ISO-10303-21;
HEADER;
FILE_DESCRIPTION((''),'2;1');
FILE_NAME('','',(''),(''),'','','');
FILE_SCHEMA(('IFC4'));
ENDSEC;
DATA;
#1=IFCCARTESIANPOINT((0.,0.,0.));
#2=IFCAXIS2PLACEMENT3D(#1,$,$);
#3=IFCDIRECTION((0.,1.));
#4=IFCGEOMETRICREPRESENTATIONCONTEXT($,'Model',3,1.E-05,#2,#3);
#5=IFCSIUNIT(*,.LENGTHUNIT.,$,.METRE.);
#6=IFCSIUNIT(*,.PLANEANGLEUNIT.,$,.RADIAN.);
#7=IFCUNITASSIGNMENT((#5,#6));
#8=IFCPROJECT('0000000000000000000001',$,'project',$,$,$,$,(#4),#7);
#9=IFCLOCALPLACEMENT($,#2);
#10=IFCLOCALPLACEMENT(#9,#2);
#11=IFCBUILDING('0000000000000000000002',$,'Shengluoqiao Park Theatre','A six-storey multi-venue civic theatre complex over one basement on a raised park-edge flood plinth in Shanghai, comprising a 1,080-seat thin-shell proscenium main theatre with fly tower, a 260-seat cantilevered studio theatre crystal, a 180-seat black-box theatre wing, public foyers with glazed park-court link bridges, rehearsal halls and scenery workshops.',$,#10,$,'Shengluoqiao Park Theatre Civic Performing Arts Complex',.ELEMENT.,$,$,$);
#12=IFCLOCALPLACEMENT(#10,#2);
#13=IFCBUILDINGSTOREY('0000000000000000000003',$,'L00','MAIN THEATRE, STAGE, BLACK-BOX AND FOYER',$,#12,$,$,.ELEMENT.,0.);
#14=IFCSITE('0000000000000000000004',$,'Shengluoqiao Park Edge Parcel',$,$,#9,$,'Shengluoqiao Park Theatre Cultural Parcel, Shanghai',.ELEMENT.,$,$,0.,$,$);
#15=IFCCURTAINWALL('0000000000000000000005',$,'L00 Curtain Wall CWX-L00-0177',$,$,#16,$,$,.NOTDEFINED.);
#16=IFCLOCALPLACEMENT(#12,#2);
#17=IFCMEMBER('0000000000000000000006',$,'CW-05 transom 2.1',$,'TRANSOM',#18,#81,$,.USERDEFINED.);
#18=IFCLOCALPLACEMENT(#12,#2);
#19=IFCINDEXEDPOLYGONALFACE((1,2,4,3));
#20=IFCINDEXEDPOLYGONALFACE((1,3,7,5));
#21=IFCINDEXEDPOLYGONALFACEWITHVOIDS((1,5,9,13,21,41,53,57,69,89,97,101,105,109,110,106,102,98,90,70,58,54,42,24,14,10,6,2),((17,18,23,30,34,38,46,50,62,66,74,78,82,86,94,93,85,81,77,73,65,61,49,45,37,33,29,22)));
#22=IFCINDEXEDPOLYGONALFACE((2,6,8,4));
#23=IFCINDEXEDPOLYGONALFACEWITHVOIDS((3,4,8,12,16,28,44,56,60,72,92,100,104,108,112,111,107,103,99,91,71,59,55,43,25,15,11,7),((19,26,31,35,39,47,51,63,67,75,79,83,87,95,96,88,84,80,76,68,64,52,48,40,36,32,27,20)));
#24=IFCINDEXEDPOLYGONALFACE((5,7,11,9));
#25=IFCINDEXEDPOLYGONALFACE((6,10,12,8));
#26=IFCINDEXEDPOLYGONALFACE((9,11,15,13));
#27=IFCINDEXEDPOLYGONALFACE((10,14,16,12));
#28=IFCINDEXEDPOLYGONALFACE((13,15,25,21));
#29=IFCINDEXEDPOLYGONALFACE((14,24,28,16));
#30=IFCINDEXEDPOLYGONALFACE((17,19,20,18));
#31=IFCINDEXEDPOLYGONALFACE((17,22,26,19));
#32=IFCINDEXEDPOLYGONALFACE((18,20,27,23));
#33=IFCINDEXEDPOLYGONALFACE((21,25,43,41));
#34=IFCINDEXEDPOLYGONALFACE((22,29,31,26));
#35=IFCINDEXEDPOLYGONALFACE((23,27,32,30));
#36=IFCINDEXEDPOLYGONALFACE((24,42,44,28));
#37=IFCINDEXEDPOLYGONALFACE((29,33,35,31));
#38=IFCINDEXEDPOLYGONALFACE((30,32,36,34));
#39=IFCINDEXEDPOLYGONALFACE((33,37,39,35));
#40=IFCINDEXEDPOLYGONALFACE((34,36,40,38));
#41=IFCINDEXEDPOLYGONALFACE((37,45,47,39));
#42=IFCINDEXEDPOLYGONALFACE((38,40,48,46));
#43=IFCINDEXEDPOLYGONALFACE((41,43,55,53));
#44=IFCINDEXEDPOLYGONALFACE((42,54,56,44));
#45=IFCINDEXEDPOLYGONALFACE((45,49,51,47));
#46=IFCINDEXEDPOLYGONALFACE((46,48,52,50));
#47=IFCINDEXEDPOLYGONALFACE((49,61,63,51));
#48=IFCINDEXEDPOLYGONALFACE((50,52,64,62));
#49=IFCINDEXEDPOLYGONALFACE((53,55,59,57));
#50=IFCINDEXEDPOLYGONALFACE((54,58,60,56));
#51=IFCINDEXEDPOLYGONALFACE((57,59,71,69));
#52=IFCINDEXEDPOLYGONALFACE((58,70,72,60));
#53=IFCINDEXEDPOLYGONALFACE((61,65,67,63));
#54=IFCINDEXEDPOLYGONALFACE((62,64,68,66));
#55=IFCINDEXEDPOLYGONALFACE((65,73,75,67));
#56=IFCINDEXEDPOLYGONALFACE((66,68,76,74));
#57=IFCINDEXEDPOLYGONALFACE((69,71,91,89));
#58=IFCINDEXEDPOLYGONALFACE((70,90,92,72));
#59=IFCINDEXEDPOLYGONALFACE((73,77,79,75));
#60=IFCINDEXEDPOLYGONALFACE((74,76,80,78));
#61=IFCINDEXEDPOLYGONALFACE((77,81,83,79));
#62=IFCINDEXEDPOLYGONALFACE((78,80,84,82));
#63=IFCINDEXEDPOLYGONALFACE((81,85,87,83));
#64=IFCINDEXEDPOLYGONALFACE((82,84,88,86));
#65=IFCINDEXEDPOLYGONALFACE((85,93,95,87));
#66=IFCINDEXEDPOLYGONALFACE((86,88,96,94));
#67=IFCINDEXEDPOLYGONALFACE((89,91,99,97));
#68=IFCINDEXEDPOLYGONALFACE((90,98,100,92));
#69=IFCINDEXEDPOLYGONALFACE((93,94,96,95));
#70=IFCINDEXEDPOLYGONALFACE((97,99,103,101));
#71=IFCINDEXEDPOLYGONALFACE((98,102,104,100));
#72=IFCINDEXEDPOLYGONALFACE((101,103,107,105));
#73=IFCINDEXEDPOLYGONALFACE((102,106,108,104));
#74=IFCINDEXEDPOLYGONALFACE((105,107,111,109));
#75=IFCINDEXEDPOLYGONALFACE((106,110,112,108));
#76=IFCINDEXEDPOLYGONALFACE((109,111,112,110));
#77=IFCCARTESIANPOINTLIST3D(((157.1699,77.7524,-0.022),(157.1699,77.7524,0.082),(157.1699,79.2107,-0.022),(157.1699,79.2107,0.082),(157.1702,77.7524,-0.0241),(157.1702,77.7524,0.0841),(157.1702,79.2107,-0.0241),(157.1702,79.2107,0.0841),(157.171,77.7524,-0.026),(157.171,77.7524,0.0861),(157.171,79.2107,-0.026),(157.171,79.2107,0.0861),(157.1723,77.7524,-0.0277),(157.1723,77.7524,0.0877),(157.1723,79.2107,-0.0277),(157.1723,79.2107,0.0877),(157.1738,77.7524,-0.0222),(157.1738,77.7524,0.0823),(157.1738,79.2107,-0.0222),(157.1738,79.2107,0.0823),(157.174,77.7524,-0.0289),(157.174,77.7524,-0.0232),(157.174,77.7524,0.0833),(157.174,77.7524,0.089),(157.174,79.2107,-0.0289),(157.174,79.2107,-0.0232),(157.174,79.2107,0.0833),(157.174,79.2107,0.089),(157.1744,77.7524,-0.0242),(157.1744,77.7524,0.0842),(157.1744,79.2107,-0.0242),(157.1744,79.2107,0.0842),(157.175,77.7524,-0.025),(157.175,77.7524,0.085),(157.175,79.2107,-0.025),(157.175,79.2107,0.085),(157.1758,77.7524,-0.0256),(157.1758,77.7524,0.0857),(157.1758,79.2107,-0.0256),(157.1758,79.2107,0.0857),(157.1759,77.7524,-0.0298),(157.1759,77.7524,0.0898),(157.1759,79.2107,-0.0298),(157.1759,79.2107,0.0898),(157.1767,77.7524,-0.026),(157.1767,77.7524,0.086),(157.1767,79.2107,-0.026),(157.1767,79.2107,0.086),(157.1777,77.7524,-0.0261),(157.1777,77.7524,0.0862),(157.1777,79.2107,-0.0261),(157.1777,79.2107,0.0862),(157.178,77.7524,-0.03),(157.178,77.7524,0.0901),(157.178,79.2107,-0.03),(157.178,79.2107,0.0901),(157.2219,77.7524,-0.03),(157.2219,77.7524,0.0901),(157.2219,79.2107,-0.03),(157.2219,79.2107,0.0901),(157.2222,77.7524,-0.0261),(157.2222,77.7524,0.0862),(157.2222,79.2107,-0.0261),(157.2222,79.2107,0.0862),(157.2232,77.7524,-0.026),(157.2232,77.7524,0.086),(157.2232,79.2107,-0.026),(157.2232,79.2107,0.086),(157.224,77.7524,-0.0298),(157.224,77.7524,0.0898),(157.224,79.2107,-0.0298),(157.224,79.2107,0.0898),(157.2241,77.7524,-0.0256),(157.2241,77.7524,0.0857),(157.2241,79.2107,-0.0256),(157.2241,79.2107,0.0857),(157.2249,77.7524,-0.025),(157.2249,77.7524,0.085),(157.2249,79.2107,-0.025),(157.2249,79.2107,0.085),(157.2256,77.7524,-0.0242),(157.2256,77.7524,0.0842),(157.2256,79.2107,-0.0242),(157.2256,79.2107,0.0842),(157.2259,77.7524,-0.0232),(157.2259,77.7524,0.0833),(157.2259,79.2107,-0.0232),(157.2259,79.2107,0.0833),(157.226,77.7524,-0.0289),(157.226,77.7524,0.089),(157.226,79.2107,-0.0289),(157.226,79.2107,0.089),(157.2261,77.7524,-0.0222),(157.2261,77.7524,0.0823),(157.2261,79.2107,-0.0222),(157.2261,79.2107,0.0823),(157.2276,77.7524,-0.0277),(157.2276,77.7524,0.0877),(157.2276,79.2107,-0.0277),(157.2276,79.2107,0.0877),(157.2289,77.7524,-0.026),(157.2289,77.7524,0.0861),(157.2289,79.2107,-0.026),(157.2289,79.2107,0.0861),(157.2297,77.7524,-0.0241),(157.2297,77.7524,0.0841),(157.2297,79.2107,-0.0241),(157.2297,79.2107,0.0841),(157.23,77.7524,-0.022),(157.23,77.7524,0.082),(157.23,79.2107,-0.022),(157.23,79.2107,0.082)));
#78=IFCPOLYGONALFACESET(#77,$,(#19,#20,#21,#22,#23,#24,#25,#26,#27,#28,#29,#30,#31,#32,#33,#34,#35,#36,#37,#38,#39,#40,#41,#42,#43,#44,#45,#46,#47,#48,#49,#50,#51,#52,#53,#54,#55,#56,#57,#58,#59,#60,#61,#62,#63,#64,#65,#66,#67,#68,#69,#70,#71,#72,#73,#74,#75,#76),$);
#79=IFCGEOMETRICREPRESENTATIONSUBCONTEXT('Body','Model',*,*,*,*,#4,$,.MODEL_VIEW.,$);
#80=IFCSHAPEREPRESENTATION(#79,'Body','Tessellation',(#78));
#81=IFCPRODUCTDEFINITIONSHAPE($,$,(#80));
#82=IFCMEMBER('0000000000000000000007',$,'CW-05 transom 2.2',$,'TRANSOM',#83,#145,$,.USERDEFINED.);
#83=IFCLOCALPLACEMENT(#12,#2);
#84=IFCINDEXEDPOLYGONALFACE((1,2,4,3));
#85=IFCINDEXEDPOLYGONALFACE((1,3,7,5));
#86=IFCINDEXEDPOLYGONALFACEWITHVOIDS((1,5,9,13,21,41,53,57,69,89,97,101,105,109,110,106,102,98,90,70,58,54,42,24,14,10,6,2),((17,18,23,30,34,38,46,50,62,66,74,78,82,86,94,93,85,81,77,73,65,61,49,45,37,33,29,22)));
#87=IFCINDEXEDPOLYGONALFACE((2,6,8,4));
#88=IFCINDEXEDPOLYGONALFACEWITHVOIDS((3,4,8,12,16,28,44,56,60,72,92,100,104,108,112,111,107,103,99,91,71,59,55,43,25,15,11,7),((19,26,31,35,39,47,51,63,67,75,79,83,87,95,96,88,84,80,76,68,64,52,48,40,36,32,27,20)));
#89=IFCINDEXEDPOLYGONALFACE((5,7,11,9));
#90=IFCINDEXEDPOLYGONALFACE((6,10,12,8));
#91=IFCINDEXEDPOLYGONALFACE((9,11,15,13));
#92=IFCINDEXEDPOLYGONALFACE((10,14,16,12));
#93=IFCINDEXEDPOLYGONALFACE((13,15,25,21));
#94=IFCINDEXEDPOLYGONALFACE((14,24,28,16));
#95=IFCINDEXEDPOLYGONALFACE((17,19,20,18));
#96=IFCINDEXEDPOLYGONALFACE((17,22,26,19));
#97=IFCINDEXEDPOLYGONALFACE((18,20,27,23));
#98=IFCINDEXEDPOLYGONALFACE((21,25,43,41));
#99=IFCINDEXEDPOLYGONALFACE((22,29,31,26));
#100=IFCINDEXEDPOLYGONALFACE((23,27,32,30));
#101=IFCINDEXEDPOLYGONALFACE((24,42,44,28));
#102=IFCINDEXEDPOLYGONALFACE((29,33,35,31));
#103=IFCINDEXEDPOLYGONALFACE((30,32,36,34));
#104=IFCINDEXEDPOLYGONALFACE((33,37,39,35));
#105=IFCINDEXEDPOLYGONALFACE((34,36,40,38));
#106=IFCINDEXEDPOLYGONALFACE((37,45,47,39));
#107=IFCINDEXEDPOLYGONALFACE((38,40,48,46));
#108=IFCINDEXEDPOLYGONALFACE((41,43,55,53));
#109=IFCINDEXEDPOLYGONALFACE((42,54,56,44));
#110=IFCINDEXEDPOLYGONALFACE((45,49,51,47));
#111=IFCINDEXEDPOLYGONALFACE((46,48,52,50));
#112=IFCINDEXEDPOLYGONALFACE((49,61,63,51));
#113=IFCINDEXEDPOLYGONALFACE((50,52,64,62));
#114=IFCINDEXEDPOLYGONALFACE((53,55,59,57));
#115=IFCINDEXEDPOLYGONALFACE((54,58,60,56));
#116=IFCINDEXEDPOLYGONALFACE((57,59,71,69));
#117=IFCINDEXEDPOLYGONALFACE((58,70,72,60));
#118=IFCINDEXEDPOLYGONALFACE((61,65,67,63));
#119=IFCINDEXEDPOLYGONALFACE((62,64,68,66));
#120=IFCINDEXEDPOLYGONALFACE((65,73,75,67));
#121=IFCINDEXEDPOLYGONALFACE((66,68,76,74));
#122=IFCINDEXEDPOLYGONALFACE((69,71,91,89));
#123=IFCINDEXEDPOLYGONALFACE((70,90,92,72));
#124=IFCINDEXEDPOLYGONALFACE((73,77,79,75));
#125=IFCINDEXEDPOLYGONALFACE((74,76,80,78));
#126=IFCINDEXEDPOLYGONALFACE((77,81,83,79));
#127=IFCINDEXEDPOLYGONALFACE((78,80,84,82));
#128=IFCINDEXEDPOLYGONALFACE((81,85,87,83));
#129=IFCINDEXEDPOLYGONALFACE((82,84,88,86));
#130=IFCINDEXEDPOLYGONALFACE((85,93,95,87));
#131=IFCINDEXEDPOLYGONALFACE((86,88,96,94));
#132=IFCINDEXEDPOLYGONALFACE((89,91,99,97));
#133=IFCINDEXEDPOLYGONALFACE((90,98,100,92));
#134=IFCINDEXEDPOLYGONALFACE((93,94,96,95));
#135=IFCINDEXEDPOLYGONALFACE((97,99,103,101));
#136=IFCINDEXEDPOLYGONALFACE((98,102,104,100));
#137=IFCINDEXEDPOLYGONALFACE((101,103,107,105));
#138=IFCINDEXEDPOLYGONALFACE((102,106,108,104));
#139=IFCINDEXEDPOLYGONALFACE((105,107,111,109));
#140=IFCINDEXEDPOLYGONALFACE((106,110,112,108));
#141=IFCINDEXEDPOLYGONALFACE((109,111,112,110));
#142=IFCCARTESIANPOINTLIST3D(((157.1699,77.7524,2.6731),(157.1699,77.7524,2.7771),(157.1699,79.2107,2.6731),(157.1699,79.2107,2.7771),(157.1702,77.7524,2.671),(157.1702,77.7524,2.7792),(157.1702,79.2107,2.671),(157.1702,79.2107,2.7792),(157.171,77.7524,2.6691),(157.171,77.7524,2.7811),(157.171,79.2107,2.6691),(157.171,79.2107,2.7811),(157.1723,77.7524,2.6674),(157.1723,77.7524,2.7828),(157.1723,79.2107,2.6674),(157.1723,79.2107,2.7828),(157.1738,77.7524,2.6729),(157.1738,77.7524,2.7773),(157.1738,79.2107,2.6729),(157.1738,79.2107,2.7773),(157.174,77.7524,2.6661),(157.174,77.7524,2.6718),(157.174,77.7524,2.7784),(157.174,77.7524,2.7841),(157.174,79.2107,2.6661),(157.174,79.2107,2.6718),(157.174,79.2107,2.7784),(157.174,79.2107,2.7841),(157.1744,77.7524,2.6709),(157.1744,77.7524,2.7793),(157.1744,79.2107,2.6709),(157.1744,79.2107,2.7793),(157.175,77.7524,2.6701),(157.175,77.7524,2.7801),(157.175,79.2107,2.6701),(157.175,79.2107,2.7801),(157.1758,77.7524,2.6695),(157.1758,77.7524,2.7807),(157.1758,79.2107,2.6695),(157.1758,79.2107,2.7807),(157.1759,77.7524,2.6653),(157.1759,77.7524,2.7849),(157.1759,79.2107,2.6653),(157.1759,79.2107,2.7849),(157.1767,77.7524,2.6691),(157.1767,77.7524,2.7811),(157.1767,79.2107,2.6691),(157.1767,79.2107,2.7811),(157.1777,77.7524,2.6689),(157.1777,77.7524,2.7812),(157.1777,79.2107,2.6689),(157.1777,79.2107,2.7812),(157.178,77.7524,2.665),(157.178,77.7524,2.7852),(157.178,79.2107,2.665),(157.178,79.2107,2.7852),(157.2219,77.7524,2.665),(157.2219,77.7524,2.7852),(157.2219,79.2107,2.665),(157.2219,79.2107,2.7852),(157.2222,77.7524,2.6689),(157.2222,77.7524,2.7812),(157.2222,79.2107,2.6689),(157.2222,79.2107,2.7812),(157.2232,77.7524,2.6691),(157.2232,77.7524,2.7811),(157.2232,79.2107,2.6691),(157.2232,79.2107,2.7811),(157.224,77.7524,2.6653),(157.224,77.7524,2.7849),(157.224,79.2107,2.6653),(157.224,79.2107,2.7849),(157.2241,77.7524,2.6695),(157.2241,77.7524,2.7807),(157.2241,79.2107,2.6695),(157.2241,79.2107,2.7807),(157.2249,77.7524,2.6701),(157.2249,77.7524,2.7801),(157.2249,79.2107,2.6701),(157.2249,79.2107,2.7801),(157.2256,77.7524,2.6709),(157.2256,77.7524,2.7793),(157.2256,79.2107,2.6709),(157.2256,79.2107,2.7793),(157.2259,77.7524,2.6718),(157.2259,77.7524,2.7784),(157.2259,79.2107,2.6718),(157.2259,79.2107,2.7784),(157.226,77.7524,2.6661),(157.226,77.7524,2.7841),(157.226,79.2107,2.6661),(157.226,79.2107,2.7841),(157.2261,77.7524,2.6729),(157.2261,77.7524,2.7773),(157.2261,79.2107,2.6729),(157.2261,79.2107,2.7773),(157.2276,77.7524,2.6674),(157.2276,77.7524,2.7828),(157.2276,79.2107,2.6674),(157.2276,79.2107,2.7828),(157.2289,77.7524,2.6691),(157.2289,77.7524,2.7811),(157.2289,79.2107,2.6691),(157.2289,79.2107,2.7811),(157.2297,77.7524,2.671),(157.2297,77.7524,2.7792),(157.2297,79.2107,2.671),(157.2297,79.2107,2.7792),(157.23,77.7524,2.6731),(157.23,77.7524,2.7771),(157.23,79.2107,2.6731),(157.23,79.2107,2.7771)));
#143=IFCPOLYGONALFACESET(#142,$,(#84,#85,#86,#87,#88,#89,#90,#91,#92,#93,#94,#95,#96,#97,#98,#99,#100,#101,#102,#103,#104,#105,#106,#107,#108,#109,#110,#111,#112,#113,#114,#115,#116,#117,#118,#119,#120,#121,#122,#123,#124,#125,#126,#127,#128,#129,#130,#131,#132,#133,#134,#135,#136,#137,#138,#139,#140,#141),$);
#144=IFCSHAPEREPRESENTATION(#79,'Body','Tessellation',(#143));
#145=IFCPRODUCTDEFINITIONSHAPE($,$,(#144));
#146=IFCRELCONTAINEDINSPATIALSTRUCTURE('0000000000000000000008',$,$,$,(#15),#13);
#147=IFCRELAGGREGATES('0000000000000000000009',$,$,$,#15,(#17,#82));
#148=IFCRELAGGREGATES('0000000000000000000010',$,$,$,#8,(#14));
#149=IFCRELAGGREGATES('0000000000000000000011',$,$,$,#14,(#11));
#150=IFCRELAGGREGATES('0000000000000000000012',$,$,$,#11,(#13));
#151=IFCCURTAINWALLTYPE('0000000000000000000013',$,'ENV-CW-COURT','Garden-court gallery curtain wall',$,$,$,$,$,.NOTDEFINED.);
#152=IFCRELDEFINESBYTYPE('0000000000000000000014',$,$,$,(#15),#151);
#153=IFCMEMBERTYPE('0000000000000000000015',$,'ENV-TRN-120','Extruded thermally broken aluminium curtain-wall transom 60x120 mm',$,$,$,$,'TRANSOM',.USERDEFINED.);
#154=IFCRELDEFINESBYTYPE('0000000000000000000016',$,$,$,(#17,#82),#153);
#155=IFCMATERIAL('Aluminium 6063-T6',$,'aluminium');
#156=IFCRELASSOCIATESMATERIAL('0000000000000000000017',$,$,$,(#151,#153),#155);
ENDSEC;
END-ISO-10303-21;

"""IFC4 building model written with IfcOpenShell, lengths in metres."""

from ifc_helpers import new_model, si_unit, direction, frame, origin, origin_2d, place, context, subcontext, project, spatial, hollow_rectangle, extrude, material, material_profile, profile_set, type_object, element, aggregate, save


model = new_model("IFC4")

# Units and contexts
model_context = context("Model", 3, precision=1e-05, world=origin(), true_north=direction((0.0, 1.0)))
body_context = subcontext(model_context, "Body", "Model", "MODEL_VIEW")
ifc_project = project(units=[si_unit("LENGTHUNIT", "METRE"), si_unit("PLANEANGLEUNIT", "RADIAN")], contexts=[model_context])

# Site, building, storey
site_placement = place(None, origin())
site = spatial("IfcSite", under=ifc_project, at=site_placement, Name="Shengluoqiao Park Edge Parcel", LongName="Shengluoqiao Park Theatre Cultural Parcel, Shanghai", CompositionType="ELEMENT", RefElevation=0.0)
building_placement = place(site_placement, origin())
building = spatial("IfcBuilding", under=site, at=building_placement, Name="Shengluoqiao Park Theatre", Description="A six-storey multi-venue civic theatre complex over one basement on a raised park-edge flood plinth in Shanghai, comprising a 1,080-seat thin-shell proscenium main theatre with fly tower, a 260-seat cantilevered studio theatre crystal, a 180-seat black-box theatre wing, public foyers with glazed park-court link bridges, rehearsal halls and scenery workshops.", LongName="Shengluoqiao Park Theatre Civic Performing Arts Complex", CompositionType="ELEMENT")
storey_placement = place(building_placement, origin())
storey = spatial("IfcBuildingStorey", under=building, at=storey_placement, Name="L00", Description="MAIN THEATRE, STAGE, BLACK-BOX AND FOYER", CompositionType="ELEMENT", Elevation=0.0)

# Curtain wall, members
ifc_material_1 = material(Name="Aluminium 6063-T6", Category="aluminium")
curtain_wall_type = type_object("IfcCurtainWallType", Name="ENV-CW-COURT", Description="Garden-court gallery curtain wall", PredefinedType="NOTDEFINED", material=ifc_material_1)
curtain_wall_placement = place(storey_placement, origin())
curtain_wall = element("IfcCurtainWall", 1, at=curtain_wall_placement, inside=storey, type_object=curtain_wall_type, Name="L00 Curtain Wall CWX-L00-0177", PredefinedType="NOTDEFINED")
ifc_material_profile_1 = material_profile(ifc_material_1, hollow_rectangle(XDim=0.0601, YDim=0.1201, WallThickness=0.0039, InnerFilletRadius=0.0039, OuterFilletRadius=0.0081, at=origin_2d()), Name="ALU TRANSOM 120x60x4")
ifc_profile_set_1 = profile_set([ifc_material_profile_1], Name="Aluminium 6063-T6")
member_type_1 = type_object("IfcMemberType", Name="ENV-TRN-120", Description="Extruded thermally broken aluminium curtain-wall transom 60x120 mm", ElementType="TRANSOM", PredefinedType="USERDEFINED", material=ifc_profile_set_1)
member_1_placement = place(storey_placement, frame((157.2, 77.7524, 0.03), z_axis=(0.0, 1.0, 0.0), x_axis=(-1.0, 0.0, 0.0)))
member_1 = element("IfcMember", 2, at=member_1_placement, type_object=member_type_1, Name="CW-05 transom 2.1", ObjectType="TRANSOM", PredefinedType="USERDEFINED", context=body_context, shape_type="SweptSolid", body=[
    extrude(hollow_rectangle(XDim=0.0601, YDim=0.1201, WallThickness=0.0039, InnerFilletRadius=0.0039, OuterFilletRadius=0.0081, at=origin_2d()), origin(), (0.0, 0.0, 1.0), 1.4583),
])
member_2_placement = place(storey_placement, frame((157.2, 77.7524, 2.7251), z_axis=(0.0, 1.0, 0.0), x_axis=(-1.0, 0.0, 0.0)))
member_2 = element("IfcMember", 3, at=member_2_placement, type_object=member_type_1, Name="CW-05 transom 2.2", ObjectType="TRANSOM", PredefinedType="USERDEFINED", context=body_context, shape_type="SweptSolid", body=[
    extrude(hollow_rectangle(XDim=0.0601, YDim=0.1201, WallThickness=0.0039, InnerFilletRadius=0.0039, OuterFilletRadius=0.0081, at=origin_2d()), origin(), (0.0, 0.0, 1.0), 1.4583),
])
aggregate(curtain_wall, [member_1, member_2])

save(model, "model.ifc")
